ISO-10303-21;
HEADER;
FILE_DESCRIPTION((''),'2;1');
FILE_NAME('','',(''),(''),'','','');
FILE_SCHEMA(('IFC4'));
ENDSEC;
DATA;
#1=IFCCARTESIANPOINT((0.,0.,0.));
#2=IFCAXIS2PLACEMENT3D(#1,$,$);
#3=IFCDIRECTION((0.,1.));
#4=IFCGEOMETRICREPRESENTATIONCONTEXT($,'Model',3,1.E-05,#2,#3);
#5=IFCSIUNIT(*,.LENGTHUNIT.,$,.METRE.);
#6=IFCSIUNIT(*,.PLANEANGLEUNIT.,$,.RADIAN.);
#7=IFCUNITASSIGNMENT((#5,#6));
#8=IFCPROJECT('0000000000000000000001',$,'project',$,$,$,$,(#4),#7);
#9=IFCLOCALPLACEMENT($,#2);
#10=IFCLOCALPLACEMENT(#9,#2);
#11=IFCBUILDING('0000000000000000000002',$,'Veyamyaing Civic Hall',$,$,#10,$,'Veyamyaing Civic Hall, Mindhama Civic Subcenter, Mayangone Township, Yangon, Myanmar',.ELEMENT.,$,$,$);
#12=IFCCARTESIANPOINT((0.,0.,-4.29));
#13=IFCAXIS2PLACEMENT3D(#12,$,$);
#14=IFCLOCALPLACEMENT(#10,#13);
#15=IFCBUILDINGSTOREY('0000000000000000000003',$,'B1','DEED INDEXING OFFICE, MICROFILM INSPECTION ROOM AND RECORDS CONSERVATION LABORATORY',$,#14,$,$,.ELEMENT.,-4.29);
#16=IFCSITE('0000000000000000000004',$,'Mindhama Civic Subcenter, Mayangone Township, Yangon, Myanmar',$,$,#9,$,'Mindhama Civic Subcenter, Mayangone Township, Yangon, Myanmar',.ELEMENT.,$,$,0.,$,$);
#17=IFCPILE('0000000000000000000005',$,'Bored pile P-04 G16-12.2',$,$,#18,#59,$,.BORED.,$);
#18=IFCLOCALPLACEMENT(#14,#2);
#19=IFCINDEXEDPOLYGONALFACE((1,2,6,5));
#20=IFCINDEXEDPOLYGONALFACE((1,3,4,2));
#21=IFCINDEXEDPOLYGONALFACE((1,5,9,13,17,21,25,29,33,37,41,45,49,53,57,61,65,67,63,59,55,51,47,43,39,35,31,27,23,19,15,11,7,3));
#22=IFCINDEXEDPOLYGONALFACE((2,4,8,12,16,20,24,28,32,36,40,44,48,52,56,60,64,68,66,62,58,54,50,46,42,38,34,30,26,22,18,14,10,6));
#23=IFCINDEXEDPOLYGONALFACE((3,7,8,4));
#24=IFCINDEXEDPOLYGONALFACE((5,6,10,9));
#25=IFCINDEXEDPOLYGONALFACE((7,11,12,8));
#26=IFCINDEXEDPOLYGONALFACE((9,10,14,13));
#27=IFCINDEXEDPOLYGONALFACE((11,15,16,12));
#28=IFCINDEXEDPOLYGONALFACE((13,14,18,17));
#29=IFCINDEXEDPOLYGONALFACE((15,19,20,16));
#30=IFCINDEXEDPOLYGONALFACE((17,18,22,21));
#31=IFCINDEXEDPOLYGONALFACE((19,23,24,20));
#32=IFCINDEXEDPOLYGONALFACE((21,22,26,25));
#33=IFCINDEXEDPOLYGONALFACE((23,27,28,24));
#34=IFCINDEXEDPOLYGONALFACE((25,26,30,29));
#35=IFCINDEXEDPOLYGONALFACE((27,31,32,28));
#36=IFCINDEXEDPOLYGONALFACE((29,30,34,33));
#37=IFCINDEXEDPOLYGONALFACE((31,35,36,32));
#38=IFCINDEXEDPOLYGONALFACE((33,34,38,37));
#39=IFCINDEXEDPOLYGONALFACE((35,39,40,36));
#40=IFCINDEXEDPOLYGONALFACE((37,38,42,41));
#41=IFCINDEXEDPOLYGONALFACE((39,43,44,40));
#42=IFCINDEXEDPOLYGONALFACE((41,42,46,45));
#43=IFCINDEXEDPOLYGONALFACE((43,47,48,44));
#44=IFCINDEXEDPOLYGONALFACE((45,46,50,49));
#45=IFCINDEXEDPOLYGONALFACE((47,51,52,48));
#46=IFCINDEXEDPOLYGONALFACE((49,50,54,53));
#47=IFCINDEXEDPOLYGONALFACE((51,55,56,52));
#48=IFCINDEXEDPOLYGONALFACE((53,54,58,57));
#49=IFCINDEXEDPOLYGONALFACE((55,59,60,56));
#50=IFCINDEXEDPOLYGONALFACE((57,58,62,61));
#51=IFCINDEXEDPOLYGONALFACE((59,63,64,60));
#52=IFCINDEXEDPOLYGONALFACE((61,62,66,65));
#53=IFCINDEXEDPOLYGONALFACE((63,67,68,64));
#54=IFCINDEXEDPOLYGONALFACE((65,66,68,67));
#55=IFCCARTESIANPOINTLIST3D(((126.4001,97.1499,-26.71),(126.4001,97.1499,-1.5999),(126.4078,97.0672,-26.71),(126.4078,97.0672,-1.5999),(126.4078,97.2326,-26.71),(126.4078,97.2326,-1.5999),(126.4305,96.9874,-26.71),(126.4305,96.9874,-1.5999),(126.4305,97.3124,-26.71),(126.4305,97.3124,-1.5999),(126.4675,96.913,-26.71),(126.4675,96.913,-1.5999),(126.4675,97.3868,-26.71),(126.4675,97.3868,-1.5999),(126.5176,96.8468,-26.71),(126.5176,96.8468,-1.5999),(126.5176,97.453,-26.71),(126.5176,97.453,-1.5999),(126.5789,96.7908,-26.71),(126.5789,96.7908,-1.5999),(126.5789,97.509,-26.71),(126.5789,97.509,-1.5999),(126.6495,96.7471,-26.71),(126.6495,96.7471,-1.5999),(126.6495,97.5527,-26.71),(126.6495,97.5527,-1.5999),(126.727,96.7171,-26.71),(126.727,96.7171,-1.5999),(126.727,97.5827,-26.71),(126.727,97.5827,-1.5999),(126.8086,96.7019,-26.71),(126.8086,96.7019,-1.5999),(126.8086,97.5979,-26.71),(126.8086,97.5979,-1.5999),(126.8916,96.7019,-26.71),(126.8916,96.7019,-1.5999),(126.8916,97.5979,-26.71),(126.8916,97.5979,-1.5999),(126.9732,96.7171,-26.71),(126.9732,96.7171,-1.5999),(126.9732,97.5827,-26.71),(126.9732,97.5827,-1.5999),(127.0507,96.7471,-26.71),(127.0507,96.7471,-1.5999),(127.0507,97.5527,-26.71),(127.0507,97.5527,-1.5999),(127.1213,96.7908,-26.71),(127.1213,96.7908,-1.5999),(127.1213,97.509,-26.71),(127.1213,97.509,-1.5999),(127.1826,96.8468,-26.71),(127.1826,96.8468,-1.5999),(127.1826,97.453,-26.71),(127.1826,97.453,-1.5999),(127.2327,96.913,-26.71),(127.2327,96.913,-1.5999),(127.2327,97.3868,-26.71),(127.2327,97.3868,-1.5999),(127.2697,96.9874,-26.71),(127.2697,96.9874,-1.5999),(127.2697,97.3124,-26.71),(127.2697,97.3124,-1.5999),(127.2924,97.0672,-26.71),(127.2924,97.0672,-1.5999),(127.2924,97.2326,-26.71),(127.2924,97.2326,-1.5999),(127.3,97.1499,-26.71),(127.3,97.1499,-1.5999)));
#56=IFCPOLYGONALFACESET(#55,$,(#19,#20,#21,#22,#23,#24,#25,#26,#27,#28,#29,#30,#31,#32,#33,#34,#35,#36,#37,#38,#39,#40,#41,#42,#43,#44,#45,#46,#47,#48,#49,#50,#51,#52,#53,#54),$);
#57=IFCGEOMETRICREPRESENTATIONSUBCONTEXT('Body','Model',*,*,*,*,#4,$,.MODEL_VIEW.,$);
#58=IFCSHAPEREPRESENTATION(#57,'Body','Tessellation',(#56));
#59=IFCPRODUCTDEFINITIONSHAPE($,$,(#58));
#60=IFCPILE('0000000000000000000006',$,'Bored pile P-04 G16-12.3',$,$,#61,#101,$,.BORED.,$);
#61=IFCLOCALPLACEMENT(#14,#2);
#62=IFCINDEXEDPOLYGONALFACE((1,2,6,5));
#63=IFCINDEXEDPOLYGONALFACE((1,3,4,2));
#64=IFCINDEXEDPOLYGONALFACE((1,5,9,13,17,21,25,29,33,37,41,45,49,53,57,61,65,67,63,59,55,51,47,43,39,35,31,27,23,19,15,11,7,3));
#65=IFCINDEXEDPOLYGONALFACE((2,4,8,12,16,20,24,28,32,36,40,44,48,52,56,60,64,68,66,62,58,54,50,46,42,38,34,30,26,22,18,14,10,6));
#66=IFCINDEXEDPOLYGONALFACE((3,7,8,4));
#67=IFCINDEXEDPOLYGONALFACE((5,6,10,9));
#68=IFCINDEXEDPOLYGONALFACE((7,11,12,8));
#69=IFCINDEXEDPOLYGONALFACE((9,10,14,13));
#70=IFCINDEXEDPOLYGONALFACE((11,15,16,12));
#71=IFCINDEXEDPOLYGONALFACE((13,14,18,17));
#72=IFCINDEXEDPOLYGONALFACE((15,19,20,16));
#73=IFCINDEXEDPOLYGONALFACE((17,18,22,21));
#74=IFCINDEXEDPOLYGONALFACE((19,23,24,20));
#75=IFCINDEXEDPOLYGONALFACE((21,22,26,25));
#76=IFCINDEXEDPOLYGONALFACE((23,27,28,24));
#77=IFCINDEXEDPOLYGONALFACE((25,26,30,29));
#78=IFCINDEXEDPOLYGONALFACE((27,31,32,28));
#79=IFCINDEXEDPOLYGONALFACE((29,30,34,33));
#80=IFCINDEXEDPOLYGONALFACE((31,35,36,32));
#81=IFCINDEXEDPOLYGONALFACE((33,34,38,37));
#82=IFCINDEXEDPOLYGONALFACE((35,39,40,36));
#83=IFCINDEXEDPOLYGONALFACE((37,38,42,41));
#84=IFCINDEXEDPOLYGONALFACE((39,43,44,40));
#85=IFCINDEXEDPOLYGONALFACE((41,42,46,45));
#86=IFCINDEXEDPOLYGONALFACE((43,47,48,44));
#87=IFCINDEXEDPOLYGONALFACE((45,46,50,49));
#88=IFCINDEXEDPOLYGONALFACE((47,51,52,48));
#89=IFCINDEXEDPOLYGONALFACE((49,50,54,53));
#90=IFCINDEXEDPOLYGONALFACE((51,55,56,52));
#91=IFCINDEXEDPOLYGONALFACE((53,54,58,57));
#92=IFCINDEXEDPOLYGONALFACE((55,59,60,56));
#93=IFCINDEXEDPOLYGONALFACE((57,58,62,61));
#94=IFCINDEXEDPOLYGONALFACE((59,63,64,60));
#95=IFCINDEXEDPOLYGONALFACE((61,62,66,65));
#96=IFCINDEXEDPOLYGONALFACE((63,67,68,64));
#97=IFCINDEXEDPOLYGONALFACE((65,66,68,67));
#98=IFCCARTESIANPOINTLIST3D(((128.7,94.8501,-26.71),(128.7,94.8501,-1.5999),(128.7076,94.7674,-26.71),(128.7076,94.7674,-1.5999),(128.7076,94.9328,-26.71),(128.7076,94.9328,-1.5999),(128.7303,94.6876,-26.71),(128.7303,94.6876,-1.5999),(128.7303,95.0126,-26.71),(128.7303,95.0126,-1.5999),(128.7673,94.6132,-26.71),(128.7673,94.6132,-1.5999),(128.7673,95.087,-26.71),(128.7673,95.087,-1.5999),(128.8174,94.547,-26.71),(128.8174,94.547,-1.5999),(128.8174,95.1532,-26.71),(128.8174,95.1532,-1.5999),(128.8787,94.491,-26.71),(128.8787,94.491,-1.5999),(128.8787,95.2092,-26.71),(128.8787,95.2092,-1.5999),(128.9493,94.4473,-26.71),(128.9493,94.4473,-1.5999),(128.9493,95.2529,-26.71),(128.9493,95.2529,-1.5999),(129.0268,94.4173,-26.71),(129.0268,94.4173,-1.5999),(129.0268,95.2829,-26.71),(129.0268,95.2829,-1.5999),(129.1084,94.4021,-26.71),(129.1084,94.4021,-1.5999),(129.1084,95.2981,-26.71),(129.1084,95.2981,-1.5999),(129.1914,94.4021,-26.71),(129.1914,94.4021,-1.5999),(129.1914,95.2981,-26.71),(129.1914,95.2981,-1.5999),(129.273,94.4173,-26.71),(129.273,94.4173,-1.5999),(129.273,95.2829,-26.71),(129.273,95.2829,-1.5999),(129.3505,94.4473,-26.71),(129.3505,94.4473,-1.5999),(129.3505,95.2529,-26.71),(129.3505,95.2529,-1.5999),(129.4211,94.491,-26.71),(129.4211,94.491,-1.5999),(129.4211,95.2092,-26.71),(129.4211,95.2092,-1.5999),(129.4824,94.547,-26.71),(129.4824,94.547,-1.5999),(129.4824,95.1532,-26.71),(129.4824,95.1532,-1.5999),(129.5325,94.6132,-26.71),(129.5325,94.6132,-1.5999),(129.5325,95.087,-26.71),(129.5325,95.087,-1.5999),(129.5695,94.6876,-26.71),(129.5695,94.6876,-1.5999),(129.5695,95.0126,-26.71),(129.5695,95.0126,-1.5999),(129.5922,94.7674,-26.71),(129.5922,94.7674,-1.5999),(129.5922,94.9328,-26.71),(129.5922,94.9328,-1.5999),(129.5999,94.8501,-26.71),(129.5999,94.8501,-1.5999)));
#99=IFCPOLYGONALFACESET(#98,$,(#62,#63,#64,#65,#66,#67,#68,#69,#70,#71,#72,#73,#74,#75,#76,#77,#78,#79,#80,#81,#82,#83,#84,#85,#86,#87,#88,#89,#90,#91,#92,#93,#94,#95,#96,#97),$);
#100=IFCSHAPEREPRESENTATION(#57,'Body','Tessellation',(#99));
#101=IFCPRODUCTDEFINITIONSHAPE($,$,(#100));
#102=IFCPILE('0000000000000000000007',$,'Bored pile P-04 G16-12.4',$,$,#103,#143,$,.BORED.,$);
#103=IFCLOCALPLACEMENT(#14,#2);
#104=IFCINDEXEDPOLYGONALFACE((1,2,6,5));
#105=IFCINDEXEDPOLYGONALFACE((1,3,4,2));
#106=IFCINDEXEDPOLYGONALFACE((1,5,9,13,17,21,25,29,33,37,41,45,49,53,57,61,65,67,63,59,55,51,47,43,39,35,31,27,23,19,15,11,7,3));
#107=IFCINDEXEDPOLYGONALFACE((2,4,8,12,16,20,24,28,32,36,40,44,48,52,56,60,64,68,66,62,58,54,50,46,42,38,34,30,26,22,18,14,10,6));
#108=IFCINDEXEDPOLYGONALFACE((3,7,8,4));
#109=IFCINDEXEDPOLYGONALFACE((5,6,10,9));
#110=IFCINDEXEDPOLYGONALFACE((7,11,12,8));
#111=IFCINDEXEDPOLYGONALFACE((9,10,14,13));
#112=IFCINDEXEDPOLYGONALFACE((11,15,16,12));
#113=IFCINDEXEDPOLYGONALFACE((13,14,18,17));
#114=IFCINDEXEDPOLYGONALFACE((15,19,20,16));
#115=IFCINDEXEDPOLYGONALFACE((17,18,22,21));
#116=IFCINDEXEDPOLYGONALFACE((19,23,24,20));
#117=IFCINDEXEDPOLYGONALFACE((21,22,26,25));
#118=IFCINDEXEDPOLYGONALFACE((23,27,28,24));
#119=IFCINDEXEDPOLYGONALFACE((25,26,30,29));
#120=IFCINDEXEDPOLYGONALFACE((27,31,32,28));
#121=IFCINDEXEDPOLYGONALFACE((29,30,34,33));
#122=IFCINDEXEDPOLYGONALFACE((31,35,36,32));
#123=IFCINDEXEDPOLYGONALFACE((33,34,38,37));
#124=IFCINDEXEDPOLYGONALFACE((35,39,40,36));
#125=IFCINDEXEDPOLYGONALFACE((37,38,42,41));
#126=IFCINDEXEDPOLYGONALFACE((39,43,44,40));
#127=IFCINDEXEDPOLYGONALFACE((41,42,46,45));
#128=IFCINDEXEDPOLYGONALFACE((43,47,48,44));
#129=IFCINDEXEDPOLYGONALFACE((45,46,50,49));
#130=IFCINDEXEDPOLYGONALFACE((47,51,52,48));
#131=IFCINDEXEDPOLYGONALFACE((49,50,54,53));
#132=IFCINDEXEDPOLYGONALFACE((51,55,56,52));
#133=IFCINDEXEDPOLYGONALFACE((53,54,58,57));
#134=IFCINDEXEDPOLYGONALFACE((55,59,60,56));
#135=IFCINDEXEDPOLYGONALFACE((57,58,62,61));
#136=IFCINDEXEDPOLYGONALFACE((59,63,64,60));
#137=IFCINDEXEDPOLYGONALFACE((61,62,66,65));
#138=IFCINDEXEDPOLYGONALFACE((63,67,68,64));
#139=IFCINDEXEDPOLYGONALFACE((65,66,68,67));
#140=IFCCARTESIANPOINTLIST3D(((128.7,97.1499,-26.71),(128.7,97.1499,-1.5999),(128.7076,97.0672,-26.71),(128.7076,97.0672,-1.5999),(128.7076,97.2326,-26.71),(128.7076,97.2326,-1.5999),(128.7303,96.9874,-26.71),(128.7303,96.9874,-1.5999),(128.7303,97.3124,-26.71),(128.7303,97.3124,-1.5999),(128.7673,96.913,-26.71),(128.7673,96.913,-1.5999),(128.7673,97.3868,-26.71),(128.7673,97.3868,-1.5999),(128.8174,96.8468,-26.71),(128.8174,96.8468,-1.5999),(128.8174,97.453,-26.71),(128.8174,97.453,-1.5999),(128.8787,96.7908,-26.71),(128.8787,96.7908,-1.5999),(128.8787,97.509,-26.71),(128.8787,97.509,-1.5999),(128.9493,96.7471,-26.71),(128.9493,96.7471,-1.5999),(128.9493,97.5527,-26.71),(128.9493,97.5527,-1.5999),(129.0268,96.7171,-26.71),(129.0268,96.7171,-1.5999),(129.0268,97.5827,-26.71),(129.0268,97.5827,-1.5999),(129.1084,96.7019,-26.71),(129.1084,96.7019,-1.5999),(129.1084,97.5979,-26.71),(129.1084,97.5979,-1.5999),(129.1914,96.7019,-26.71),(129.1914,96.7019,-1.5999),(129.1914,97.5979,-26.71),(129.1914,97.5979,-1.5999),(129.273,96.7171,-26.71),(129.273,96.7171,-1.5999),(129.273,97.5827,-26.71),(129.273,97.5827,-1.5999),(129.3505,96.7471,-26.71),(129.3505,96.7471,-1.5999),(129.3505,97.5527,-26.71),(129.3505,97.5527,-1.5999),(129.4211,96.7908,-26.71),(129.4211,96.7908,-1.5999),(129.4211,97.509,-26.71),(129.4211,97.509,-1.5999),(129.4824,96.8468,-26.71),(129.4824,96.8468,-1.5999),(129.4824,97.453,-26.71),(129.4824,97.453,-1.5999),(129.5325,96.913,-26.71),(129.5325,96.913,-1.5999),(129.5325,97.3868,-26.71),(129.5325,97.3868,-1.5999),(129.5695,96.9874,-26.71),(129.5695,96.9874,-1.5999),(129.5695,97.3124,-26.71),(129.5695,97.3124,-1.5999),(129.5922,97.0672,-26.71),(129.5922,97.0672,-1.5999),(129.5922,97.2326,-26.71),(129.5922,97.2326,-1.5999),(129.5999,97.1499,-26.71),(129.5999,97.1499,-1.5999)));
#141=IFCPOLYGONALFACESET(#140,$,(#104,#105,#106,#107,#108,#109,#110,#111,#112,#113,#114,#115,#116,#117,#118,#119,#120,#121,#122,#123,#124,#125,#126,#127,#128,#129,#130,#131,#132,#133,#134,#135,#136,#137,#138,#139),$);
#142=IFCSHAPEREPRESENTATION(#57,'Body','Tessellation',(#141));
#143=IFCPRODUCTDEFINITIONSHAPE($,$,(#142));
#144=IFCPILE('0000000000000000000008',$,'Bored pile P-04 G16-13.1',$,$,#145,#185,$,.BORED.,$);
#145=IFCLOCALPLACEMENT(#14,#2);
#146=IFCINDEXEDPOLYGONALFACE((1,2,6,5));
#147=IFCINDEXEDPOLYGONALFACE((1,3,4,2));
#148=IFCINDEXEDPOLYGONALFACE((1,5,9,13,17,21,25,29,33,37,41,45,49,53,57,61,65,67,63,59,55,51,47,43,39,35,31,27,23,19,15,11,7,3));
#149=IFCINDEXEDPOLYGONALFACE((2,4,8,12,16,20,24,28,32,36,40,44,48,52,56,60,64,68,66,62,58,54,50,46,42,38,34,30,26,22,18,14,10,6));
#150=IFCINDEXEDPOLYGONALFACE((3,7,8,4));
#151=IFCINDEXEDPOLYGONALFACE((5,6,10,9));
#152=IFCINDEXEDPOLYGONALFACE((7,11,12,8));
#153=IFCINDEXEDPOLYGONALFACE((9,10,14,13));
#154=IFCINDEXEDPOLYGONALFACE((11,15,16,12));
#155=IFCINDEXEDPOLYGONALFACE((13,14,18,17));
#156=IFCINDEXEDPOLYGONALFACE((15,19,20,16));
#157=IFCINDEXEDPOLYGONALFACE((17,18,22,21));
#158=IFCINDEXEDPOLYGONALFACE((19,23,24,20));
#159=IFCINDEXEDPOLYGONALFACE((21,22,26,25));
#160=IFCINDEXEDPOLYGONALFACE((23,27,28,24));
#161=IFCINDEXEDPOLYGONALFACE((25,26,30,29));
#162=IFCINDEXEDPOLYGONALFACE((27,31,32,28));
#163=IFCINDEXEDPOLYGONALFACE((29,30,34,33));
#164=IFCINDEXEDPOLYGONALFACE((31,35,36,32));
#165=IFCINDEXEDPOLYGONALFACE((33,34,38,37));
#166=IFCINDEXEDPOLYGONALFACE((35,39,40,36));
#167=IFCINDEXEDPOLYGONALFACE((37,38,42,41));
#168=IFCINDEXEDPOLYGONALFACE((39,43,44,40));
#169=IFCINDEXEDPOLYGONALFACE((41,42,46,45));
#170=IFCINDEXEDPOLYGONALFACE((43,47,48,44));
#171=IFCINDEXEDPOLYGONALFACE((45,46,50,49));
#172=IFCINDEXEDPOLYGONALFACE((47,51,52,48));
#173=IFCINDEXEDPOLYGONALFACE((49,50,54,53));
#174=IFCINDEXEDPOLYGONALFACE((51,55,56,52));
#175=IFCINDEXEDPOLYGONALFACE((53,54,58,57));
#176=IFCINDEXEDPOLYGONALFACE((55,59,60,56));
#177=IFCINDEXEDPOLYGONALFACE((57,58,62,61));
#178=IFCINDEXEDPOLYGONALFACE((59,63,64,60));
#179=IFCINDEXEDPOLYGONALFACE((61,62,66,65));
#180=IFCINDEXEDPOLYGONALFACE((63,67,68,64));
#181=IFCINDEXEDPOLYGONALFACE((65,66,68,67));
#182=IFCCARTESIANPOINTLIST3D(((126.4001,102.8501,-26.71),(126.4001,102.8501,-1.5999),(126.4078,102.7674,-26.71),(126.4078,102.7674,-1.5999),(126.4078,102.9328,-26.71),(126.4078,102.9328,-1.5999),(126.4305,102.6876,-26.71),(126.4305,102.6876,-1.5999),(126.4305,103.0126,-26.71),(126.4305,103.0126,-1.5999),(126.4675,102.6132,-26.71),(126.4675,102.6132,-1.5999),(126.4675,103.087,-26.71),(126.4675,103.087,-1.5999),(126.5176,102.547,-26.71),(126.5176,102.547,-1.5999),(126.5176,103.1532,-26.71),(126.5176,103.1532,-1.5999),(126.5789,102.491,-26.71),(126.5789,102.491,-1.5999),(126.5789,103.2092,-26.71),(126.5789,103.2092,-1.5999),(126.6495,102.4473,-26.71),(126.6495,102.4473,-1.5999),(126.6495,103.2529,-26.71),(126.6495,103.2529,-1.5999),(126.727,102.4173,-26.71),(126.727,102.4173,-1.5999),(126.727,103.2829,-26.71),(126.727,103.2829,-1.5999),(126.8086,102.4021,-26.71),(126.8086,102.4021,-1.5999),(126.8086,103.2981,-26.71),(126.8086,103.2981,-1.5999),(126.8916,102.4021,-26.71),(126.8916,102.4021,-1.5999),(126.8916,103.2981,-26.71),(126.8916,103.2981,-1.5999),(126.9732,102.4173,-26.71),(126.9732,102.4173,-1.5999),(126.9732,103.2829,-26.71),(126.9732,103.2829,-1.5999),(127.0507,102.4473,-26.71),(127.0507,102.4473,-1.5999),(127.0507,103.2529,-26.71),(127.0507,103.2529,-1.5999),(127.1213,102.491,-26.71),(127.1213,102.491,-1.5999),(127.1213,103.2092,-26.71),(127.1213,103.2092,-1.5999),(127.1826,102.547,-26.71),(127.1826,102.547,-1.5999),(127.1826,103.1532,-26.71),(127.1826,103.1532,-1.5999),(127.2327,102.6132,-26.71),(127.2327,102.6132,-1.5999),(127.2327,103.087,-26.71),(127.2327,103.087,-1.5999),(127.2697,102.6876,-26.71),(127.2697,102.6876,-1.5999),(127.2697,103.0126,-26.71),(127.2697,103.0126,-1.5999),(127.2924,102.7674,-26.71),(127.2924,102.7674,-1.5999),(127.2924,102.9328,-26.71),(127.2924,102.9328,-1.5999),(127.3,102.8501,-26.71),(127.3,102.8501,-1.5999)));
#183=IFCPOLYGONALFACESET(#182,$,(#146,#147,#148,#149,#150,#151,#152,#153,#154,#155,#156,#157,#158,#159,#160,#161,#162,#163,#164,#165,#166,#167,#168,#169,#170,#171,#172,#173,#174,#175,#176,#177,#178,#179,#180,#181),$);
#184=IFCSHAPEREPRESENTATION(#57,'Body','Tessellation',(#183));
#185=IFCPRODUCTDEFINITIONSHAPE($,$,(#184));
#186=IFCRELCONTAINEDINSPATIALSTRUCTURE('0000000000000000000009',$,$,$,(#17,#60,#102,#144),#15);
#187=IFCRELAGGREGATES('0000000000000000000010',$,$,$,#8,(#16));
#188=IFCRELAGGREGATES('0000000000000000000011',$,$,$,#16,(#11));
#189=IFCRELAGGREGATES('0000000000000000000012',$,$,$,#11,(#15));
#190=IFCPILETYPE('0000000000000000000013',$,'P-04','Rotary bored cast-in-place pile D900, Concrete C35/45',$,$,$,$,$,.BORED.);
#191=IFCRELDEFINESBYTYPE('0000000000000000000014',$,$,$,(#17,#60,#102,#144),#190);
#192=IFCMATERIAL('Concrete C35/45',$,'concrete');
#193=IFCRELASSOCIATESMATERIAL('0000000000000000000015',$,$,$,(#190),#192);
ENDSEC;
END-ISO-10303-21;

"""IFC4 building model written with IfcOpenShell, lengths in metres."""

from ifc_helpers import new_model, si_unit, direction, frame, origin, origin_2d, place, context, subcontext, project, spatial, circle, extrude, material, material_profile, profile_set, type_object, element, save


model = new_model("IFC4")

# Units and contexts
model_context = context("Model", 3, precision=1e-05, world=origin(), true_north=direction((0.0, 1.0)))
body_context = subcontext(model_context, "Body", "Model", "MODEL_VIEW")
ifc_project = project(units=[si_unit("LENGTHUNIT", "METRE"), si_unit("PLANEANGLEUNIT", "RADIAN")], contexts=[model_context])

# Site, building, storey
site_placement = place(None, origin())
site = spatial("IfcSite", under=ifc_project, at=site_placement, Name="Mindhama Civic Subcenter, Mayangone Township, Yangon, Myanmar", LongName="Mindhama Civic Subcenter, Mayangone Township, Yangon, Myanmar", CompositionType="ELEMENT", RefElevation=0.0)
building_placement = place(site_placement, origin())
building = spatial("IfcBuilding", under=site, at=building_placement, Name="Veyamyaing Civic Hall", LongName="Veyamyaing Civic Hall, Mindhama Civic Subcenter, Mayangone Township, Yangon, Myanmar", CompositionType="ELEMENT")
storey_placement = place(building_placement, frame((0.0, 0.0, -4.29)))
storey = spatial("IfcBuildingStorey", under=building, at=storey_placement, Name="B1", Description="DEED INDEXING OFFICE, MICROFILM INSPECTION ROOM AND RECORDS CONSERVATION LABORATORY", CompositionType="ELEMENT", Elevation=-4.29)

# Piles
ifc_material_1 = material(Name="Concrete C35/45", Category="concrete")
ifc_material_profile_1 = material_profile(ifc_material_1, circle(Radius=0.45, at=origin_2d()), Name="PILE-D900")
ifc_profile_set_1 = profile_set([ifc_material_profile_1], Name="Concrete C35/45")
pile_type_1 = type_object("IfcPileType", Name="P-04", Description="Rotary bored cast-in-place pile D900, Concrete C35/45", PredefinedType="BORED", material=ifc_profile_set_1)
for number, where, z_axis, x_axis, name in (
    (1, (126.8501, 97.1499, -1.5999), (0.0, 0.0, -1.0), (1.0, 0.0, 0.0), "Bored pile P-04 G16-12.2"),
    (2, (129.1499, 94.8501, -1.5999), (0.0, 0.0, -1.0), (1.0, 0.0, 0.0), "Bored pile P-04 G16-12.3"),
    (3, (129.1499, 97.1499, -1.5999), (0.0, 0.0, -1.0), (1.0, 0.0, 0.0), "Bored pile P-04 G16-12.4"),
    (4, (126.8501, 102.8501, -1.5999), (0.0, 0.0, -1.0), (1.0, 0.0, 0.0), "Bored pile P-04 G16-13.1"),
):
    element("IfcPile", number, at=place(storey_placement, frame(where, z_axis=z_axis, x_axis=x_axis)), inside=storey, type_object=pile_type_1, Name=name, PredefinedType="BORED", context=body_context, shape_type="SweptSolid", body=[
        extrude(circle(Radius=0.45, at=origin_2d()), origin(), (0.0, 0.0, 1.0), 25.1101),
    ])

save(model, "model.ifc")
